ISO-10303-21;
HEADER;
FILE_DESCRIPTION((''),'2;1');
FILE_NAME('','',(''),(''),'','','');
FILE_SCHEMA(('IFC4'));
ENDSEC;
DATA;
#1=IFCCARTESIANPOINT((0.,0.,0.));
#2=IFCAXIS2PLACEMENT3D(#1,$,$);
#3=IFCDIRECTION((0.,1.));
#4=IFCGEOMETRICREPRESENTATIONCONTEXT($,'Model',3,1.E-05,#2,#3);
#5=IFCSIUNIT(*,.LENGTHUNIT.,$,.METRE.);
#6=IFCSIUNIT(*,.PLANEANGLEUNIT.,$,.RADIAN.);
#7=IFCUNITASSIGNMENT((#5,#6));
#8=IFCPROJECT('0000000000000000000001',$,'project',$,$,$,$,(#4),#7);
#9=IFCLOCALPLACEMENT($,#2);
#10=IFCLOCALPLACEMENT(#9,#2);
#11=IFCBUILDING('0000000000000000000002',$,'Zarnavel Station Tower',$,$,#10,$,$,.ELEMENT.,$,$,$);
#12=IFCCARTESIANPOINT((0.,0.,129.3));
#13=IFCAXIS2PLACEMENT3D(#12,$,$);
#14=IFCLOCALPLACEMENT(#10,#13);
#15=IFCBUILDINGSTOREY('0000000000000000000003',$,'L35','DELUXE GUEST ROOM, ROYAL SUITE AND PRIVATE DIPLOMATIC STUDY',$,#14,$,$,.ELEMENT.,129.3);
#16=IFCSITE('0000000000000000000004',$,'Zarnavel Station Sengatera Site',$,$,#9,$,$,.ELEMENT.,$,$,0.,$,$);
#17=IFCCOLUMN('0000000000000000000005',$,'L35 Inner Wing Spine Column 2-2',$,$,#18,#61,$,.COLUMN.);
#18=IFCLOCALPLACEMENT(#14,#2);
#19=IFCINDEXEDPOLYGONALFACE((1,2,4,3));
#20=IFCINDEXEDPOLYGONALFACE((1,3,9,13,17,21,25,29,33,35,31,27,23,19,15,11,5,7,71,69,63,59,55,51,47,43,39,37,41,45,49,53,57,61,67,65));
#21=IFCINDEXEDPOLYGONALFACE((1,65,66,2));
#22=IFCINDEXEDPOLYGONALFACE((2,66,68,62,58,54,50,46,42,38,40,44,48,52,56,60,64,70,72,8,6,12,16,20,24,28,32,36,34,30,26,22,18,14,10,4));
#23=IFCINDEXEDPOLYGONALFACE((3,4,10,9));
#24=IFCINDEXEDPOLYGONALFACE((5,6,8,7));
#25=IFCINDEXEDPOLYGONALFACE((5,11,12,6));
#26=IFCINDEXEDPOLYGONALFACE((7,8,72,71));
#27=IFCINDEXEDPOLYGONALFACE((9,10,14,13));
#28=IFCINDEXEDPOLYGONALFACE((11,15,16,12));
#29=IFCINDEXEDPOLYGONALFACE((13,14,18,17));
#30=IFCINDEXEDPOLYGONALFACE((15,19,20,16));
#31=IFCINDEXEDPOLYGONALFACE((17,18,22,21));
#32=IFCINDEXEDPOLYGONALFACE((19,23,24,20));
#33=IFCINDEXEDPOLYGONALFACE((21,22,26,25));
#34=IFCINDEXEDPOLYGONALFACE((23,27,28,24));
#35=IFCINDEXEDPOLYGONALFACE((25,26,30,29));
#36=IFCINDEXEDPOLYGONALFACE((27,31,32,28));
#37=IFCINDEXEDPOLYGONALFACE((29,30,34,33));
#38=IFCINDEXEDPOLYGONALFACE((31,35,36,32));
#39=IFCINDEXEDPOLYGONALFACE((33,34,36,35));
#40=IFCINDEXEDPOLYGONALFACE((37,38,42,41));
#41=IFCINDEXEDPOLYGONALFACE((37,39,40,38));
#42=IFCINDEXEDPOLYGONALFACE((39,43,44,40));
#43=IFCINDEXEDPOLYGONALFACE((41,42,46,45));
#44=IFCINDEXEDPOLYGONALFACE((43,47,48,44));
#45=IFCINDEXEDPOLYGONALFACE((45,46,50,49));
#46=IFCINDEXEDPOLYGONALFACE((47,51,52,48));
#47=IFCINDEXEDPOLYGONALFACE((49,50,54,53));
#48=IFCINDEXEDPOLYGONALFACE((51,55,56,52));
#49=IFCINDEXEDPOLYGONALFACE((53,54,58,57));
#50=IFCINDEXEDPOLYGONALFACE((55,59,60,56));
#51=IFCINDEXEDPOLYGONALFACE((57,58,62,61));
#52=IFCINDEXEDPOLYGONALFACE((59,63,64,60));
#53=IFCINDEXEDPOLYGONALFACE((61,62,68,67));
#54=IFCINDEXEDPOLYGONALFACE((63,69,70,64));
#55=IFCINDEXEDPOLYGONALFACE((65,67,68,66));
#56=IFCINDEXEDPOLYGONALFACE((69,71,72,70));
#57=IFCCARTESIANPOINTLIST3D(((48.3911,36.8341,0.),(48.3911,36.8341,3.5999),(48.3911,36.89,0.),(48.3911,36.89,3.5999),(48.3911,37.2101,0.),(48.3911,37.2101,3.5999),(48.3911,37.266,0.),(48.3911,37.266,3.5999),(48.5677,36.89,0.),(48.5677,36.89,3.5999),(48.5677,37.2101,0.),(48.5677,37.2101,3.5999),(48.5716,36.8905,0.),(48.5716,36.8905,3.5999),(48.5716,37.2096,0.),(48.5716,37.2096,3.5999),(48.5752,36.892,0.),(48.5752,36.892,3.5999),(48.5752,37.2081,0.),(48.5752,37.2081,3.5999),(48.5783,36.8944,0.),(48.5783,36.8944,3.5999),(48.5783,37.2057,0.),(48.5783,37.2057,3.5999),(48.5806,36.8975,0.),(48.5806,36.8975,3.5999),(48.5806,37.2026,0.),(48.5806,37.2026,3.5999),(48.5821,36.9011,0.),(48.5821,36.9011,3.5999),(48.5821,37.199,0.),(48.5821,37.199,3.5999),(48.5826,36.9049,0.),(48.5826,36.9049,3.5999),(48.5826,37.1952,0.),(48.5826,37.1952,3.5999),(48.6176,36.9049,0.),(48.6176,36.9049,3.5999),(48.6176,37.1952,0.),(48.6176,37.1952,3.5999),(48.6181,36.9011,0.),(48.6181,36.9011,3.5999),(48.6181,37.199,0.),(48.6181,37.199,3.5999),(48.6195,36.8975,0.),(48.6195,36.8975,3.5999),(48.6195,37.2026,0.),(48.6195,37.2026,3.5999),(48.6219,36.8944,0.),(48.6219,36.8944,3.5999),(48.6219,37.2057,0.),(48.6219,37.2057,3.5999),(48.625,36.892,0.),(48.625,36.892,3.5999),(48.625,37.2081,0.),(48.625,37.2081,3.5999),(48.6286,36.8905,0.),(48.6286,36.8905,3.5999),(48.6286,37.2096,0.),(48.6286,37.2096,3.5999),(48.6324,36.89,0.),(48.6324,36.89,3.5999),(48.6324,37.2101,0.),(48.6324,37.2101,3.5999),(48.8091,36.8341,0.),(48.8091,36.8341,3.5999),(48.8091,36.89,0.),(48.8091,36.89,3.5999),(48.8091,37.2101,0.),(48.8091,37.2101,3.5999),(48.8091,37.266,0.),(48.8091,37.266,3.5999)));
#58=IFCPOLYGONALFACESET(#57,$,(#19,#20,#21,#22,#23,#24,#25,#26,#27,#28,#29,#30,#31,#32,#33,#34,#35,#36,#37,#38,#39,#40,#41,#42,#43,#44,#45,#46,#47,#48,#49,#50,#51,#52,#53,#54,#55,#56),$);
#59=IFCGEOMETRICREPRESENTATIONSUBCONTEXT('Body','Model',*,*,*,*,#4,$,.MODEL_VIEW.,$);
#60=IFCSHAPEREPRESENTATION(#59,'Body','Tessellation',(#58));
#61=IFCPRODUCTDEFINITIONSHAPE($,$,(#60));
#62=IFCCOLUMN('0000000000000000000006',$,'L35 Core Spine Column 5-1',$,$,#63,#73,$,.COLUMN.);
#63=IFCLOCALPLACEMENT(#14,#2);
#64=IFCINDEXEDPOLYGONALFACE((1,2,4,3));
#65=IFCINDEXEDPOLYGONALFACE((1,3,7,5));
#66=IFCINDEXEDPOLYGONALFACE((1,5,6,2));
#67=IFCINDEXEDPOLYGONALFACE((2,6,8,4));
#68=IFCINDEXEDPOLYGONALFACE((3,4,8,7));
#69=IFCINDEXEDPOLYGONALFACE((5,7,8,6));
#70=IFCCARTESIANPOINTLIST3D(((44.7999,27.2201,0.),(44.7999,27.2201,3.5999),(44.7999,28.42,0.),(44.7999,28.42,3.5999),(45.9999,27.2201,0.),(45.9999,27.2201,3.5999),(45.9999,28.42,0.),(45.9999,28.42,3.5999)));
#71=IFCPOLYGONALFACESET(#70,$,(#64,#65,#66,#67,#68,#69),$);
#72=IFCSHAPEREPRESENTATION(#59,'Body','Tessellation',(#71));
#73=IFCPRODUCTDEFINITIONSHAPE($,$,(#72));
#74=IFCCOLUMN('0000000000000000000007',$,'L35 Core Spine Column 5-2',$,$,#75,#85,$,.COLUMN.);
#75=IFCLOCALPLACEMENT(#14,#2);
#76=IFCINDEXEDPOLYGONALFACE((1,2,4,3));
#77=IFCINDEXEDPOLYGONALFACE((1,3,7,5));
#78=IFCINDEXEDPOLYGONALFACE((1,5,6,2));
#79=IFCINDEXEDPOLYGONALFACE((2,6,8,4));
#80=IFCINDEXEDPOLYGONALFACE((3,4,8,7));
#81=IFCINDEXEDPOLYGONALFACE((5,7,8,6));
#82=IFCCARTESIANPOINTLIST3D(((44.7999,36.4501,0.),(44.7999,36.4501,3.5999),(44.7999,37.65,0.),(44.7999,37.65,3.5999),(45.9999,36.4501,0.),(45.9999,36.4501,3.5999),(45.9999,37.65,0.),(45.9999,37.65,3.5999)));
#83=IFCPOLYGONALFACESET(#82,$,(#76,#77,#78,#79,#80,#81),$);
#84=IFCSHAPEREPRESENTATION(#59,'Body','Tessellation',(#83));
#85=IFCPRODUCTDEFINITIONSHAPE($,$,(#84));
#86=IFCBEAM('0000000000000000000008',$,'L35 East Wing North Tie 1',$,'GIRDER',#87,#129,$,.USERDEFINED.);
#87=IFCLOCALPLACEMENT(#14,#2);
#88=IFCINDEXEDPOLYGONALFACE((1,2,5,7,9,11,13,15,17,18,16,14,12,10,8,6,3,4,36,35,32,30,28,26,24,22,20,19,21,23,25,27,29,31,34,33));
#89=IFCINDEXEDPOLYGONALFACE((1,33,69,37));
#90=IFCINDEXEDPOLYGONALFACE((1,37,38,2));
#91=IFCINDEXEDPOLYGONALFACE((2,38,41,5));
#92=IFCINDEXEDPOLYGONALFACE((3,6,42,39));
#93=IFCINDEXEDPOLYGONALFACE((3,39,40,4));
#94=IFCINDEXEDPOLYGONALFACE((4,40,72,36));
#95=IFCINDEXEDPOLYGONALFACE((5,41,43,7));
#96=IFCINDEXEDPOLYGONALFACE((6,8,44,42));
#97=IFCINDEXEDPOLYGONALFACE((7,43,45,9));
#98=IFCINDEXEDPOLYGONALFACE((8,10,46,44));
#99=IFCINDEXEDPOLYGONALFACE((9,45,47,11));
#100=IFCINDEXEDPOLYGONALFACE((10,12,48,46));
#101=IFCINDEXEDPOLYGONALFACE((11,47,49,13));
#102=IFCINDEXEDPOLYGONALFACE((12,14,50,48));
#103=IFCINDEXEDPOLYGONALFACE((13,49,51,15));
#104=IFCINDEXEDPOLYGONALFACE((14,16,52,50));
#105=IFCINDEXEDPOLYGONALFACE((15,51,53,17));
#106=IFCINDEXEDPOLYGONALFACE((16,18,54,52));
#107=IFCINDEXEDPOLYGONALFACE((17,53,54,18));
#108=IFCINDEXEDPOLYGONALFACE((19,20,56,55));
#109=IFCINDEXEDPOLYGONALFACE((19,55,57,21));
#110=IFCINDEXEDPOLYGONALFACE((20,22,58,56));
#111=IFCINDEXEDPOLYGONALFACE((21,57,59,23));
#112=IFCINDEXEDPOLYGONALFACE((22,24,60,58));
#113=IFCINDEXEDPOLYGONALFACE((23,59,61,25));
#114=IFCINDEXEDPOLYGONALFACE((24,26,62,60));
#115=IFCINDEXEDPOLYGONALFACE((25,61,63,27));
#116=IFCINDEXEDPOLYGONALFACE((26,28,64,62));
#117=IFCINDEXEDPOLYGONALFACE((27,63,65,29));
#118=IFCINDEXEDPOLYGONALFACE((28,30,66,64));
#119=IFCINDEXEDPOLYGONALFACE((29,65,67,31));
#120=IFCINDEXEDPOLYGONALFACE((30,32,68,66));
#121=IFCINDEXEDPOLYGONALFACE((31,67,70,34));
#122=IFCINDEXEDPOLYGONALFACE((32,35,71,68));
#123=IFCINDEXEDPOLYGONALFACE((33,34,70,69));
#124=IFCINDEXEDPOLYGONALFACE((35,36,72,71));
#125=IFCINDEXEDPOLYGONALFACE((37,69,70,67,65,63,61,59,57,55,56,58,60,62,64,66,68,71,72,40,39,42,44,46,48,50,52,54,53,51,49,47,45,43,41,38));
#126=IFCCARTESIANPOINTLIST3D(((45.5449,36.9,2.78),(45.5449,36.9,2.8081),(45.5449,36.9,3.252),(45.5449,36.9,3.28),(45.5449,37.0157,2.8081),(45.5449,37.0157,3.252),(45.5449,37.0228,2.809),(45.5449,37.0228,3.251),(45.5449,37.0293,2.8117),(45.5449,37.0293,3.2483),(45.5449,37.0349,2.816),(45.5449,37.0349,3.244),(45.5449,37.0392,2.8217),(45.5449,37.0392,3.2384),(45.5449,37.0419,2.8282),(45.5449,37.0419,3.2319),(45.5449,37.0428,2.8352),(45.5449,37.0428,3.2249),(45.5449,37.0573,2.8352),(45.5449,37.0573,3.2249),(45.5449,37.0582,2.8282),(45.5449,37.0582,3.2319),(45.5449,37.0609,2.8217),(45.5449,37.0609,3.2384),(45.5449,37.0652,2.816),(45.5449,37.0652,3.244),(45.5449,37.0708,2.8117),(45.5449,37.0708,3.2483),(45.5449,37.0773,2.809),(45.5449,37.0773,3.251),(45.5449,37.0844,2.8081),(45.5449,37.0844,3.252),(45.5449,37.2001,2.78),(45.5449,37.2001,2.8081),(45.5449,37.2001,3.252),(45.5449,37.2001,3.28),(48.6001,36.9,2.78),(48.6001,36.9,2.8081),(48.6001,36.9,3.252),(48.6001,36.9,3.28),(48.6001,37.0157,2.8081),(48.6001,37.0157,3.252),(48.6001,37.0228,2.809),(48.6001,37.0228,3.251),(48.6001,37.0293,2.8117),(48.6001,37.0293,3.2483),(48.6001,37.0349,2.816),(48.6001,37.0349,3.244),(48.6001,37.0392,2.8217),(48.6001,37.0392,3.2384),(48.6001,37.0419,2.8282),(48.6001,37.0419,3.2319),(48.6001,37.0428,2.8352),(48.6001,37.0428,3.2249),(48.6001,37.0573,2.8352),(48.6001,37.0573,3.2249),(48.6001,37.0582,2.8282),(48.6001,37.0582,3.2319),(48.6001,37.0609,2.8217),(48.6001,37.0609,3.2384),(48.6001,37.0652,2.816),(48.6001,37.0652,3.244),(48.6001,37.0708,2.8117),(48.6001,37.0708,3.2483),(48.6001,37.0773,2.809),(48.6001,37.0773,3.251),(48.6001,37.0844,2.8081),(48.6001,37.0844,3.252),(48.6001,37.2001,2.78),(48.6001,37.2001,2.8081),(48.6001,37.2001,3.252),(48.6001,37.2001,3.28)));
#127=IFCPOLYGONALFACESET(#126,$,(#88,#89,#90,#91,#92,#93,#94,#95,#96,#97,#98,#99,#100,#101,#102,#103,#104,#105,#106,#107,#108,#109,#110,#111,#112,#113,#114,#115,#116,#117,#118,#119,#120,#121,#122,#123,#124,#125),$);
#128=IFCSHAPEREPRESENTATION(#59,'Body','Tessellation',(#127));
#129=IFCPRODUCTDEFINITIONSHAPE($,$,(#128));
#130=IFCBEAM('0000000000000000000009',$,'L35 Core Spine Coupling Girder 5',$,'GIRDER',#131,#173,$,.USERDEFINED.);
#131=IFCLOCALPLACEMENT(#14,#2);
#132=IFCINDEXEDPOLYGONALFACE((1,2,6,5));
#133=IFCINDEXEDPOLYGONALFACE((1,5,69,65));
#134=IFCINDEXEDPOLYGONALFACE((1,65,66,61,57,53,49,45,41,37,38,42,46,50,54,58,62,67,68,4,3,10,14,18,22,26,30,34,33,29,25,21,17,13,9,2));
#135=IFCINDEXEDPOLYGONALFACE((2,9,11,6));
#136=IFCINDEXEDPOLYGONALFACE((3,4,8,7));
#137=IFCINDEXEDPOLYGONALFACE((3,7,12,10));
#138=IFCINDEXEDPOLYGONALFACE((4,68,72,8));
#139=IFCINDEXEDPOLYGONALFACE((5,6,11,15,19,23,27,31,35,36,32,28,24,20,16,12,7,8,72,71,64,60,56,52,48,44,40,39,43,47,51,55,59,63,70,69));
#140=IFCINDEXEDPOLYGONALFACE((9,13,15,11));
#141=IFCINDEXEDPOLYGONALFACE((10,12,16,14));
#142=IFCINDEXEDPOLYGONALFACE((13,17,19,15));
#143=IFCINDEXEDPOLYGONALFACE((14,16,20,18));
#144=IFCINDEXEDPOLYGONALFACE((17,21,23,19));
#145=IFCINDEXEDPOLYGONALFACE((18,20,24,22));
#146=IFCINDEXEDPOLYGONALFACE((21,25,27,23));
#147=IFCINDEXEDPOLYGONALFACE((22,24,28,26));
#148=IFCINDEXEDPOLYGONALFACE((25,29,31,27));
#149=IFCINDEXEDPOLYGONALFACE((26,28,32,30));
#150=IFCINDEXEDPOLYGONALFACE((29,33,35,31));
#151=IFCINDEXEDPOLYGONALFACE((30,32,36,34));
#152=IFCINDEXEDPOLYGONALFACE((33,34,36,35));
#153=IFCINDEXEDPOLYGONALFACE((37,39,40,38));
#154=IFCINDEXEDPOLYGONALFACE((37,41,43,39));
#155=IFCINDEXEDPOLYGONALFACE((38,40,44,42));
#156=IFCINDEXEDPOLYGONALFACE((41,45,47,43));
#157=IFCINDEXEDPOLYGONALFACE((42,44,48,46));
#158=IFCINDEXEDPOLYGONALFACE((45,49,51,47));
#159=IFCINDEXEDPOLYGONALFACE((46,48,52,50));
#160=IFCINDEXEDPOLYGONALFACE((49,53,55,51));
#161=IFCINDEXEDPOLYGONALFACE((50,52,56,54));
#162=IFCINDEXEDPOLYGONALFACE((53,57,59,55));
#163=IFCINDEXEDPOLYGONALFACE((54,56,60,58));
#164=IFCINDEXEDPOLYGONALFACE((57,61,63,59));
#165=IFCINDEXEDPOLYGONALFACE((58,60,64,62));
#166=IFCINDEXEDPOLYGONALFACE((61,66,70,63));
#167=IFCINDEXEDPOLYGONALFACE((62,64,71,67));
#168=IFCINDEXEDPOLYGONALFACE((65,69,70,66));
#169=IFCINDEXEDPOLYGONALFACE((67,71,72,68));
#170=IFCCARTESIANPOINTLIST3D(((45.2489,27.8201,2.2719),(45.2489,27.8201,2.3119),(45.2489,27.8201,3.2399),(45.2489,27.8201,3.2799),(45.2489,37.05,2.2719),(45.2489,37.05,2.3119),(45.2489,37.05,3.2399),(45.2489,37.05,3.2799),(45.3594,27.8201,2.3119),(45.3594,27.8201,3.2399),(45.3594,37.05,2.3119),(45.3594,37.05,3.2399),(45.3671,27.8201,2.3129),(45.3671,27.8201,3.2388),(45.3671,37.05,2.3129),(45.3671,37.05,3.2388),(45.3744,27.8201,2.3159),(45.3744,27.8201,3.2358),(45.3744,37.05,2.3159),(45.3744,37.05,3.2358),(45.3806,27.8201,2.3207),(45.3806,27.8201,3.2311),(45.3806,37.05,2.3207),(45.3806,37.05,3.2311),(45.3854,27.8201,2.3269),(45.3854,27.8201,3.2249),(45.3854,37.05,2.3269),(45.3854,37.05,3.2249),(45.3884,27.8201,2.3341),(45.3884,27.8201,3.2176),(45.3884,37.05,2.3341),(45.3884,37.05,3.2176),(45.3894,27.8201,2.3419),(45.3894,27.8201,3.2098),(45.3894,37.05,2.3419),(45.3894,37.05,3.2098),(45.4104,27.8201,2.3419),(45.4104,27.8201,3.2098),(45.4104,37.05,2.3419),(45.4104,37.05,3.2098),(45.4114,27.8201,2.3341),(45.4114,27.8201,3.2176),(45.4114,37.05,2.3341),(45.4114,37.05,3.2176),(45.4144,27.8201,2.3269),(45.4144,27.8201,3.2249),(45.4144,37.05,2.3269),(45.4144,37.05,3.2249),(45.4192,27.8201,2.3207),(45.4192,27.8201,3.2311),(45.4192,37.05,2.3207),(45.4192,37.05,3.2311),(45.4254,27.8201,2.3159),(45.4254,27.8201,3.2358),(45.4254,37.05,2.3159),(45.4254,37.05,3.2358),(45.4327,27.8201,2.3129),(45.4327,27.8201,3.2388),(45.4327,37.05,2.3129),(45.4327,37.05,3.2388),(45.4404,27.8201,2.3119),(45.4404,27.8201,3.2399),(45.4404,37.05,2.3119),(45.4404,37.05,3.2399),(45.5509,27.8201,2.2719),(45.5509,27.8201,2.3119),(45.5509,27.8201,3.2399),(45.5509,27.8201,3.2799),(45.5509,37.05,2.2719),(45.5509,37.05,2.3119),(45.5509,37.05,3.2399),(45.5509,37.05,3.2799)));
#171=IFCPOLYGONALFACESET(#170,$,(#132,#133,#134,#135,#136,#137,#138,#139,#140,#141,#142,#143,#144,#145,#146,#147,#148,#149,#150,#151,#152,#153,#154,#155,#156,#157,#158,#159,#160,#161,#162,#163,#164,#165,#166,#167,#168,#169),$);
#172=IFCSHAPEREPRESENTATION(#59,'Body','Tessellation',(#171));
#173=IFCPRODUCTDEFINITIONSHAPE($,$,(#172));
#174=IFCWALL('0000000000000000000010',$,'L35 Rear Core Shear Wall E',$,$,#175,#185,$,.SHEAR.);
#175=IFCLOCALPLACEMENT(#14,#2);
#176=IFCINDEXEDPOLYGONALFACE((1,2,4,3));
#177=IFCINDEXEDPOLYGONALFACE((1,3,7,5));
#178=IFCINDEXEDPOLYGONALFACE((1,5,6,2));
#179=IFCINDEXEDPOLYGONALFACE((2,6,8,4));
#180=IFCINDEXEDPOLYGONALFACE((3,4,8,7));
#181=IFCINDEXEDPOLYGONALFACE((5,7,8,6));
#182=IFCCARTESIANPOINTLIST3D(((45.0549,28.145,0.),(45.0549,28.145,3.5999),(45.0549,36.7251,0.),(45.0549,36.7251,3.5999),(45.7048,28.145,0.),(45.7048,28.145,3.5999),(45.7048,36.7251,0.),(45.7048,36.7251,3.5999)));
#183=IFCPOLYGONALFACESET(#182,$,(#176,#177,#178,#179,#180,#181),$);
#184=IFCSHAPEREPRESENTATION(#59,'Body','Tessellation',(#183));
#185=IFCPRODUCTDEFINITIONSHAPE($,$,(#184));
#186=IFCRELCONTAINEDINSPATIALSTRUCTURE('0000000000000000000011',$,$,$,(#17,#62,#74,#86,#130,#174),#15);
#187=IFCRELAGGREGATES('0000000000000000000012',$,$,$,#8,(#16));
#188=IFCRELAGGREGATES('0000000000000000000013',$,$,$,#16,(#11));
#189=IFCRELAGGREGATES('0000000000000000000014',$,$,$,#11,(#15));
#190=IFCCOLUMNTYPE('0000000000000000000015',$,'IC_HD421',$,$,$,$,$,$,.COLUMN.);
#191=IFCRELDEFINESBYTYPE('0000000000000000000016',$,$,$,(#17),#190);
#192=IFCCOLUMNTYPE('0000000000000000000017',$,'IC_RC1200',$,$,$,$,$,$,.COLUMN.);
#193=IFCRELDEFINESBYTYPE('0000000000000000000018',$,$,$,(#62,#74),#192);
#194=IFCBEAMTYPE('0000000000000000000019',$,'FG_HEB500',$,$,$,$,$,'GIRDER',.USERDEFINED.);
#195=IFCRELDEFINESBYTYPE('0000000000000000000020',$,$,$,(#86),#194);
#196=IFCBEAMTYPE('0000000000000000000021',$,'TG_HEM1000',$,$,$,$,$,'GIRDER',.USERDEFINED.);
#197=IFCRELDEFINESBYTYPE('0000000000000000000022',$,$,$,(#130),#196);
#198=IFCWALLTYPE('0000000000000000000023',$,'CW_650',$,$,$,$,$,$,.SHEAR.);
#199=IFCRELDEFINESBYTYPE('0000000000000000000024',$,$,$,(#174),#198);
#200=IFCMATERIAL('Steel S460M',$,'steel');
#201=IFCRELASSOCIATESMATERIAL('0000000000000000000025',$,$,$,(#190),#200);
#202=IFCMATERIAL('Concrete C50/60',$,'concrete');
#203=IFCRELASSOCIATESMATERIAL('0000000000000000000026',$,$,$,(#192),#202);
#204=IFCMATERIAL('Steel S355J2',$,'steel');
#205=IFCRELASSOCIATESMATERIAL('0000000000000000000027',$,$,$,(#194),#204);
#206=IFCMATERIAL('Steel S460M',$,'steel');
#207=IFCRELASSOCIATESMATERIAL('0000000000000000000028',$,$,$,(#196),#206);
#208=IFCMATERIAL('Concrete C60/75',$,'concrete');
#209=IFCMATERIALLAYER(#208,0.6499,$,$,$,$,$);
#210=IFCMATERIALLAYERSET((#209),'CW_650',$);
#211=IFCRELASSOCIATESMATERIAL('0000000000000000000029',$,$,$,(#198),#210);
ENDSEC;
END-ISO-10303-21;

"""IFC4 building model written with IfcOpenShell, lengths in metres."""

from ifc_helpers import new_model, si_unit, direction, frame, frame_2d, origin, origin_2d, place, context, subcontext, project, spatial, rectangle, i_section, extrude, material, layer, layer_set, material_profile, profile_set, type_object, element, save


model = new_model("IFC4")

# Units and contexts
model_context = context("Model", 3, precision=1e-05, world=origin(), true_north=direction((0.0, 1.0)))
body_context = subcontext(model_context, "Body", "Model", "MODEL_VIEW")
ifc_project = project(units=[si_unit("LENGTHUNIT", "METRE"), si_unit("PLANEANGLEUNIT", "RADIAN")], contexts=[model_context])

# Site, building, storey
site_placement = place(None, origin())
site = spatial("IfcSite", under=ifc_project, at=site_placement, Name="Zarnavel Station Sengatera Site", CompositionType="ELEMENT", RefElevation=0.0)
building_placement = place(site_placement, origin())
building = spatial("IfcBuilding", under=site, at=building_placement, Name="Zarnavel Station Tower", CompositionType="ELEMENT")
storey_placement = place(building_placement, frame((0.0, 0.0, 129.3)))
storey = spatial("IfcBuildingStorey", under=building, at=storey_placement, Name="L35", Description="DELUXE GUEST ROOM, ROYAL SUITE AND PRIVATE DIPLOMATIC STUDY", CompositionType="ELEMENT", Elevation=129.3)

# Columns
ifc_material_1 = material(Name="Steel S460M", Category="steel")
ifc_material_profile_1 = material_profile(ifc_material_1, i_section(OverallWidth=0.418, OverallDepth=0.4319, WebThickness=0.0349, FlangeThickness=0.0559, FilletRadius=0.0149, at=origin_2d()), Name="HD400x421")
ifc_profile_set_1 = profile_set([ifc_material_profile_1], Name="Steel S460M")
column_type_1 = type_object("IfcColumnType", Name="IC_HD421", PredefinedType="COLUMN", material=ifc_profile_set_1)
column_placement = place(storey_placement, frame((48.6001, 37.05, 0.0), z_axis=(0.0, 0.0, 1.0), x_axis=(1.0, 0.0, 0.0)))
element("IfcColumn", 1, at=column_placement, inside=storey, type_object=column_type_1, Name="L35 Inner Wing Spine Column 2-2", PredefinedType="COLUMN", context=body_context, shape_type="SweptSolid", body=[
    extrude(i_section(OverallWidth=0.418, OverallDepth=0.4319, WebThickness=0.0349, FlangeThickness=0.0559, FilletRadius=0.0149, at=origin_2d()), origin(), (0.0, 0.0, 1.0), 3.5999),
])
ifc_material_2 = material(Name="Concrete C50/60", Category="concrete")
ifc_material_profile_2 = material_profile(ifc_material_2, rectangle(XDim=1.2, YDim=1.2, at=origin_2d()), Name="RC1200x1200")
ifc_profile_set_2 = profile_set([ifc_material_profile_2], Name="Concrete C50/60")
column_type_2 = type_object("IfcColumnType", Name="IC_RC1200", PredefinedType="COLUMN", material=ifc_profile_set_2)
for number, where, z_axis, x_axis, name in (
    (2, (45.3999, 27.8201, 0.0), (0.0, 0.0, 1.0), (1.0, 0.0, 0.0), "L35 Core Spine Column 5-1"),
    (3, (45.3999, 37.05, 0.0), (0.0, 0.0, 1.0), (1.0, 0.0, 0.0), "L35 Core Spine Column 5-2"),
):
    element("IfcColumn", number, at=place(storey_placement, frame(where, z_axis=z_axis, x_axis=x_axis)), inside=storey, type_object=column_type_2, Name=name, PredefinedType="COLUMN", context=body_context, shape_type="SweptSolid", body=[
        extrude(rectangle(XDim=1.2, YDim=1.2, at=origin_2d()), origin(), (0.0, 0.0, 1.0), 3.5999),
    ])

# Beams
ifc_material_3 = material(Name="Steel S355J2", Category="steel")
ifc_material_profile_3 = material_profile(ifc_material_3, i_section(OverallWidth=0.3, OverallDepth=0.5, WebThickness=0.0144, FlangeThickness=0.0281, FilletRadius=0.0271, at=origin_2d()), Name="HEB500")
ifc_profile_set_3 = profile_set([ifc_material_profile_3], Name="Steel S355J2")
beam_type_1 = type_object("IfcBeamType", Name="FG_HEB500", ElementType="GIRDER", PredefinedType="USERDEFINED", material=ifc_profile_set_3)
beam_1_placement = place(storey_placement, frame((45.5449, 37.05, 3.03), z_axis=(1.0, 0.0, 0.0), x_axis=(0.0, 1.0, 0.0)))
element("IfcBeam", 4, at=beam_1_placement, inside=storey, type_object=beam_type_1, Name="L35 East Wing North Tie 1", ObjectType="GIRDER", PredefinedType="USERDEFINED", context=body_context, shape_type="SweptSolid", body=[
    extrude(i_section(OverallWidth=0.3, OverallDepth=0.5, WebThickness=0.0144, FlangeThickness=0.0281, FilletRadius=0.0271, at=origin_2d()), origin(), (0.0, 0.0, 1.0), 3.0552),
])
ifc_material_4 = material(Name="Steel S460M", Category="steel")
ifc_material_profile_4 = material_profile(ifc_material_4, i_section(OverallWidth=0.302, OverallDepth=1.0081, WebThickness=0.021, FlangeThickness=0.04, FilletRadius=0.03, at=origin_2d()), Name="HEM1000")
ifc_profile_set_4 = profile_set([ifc_material_profile_4], Name="Steel S460M")
beam_type_2 = type_object("IfcBeamType", Name="TG_HEM1000", ElementType="GIRDER", PredefinedType="USERDEFINED", material=ifc_profile_set_4)
beam_2_placement = place(storey_placement, frame((45.3999, 27.8201, 2.7759), z_axis=(0.0, 1.0, 0.0), x_axis=(-1.0, 0.0, 0.0)))
element("IfcBeam", 5, at=beam_2_placement, inside=storey, type_object=beam_type_2, Name="L35 Core Spine Coupling Girder 5", ObjectType="GIRDER", PredefinedType="USERDEFINED", context=body_context, shape_type="SweptSolid", body=[
    extrude(i_section(OverallWidth=0.302, OverallDepth=1.0081, WebThickness=0.021, FlangeThickness=0.04, FilletRadius=0.03, at=origin_2d()), origin(), (0.0, 0.0, 1.0), 9.23),
])

# Shared definitions
ifc_material_5 = material(Name="Concrete C60/75", Category="concrete")
ifc_layer_1 = layer(ifc_material_5, 0.6499)
ifc_layer_set_1 = layer_set([ifc_layer_1], Name="CW_650")
wall_type_1 = type_object("IfcWallType", Name="CW_650", PredefinedType="SHEAR", material=ifc_layer_set_1)

# Wall
wall_1_placement = place(storey_placement, frame((45.3799, 28.145, 0.0), z_axis=(0.0, 0.0, 1.0), x_axis=(0.0, 1.0, 0.0)))
element("IfcWall", 6, at=wall_1_placement, inside=storey, type_object=wall_type_1, Name="L35 Rear Core Shear Wall E", PredefinedType="SHEAR", context=body_context, shape_type="SweptSolid", body=[
    extrude(rectangle(XDim=8.5801, YDim=0.6499, at=frame_2d((4.29, 0.0))), origin(), (0.0, 0.0, 1.0), 3.5999),
])

save(model, "model.ifc")
